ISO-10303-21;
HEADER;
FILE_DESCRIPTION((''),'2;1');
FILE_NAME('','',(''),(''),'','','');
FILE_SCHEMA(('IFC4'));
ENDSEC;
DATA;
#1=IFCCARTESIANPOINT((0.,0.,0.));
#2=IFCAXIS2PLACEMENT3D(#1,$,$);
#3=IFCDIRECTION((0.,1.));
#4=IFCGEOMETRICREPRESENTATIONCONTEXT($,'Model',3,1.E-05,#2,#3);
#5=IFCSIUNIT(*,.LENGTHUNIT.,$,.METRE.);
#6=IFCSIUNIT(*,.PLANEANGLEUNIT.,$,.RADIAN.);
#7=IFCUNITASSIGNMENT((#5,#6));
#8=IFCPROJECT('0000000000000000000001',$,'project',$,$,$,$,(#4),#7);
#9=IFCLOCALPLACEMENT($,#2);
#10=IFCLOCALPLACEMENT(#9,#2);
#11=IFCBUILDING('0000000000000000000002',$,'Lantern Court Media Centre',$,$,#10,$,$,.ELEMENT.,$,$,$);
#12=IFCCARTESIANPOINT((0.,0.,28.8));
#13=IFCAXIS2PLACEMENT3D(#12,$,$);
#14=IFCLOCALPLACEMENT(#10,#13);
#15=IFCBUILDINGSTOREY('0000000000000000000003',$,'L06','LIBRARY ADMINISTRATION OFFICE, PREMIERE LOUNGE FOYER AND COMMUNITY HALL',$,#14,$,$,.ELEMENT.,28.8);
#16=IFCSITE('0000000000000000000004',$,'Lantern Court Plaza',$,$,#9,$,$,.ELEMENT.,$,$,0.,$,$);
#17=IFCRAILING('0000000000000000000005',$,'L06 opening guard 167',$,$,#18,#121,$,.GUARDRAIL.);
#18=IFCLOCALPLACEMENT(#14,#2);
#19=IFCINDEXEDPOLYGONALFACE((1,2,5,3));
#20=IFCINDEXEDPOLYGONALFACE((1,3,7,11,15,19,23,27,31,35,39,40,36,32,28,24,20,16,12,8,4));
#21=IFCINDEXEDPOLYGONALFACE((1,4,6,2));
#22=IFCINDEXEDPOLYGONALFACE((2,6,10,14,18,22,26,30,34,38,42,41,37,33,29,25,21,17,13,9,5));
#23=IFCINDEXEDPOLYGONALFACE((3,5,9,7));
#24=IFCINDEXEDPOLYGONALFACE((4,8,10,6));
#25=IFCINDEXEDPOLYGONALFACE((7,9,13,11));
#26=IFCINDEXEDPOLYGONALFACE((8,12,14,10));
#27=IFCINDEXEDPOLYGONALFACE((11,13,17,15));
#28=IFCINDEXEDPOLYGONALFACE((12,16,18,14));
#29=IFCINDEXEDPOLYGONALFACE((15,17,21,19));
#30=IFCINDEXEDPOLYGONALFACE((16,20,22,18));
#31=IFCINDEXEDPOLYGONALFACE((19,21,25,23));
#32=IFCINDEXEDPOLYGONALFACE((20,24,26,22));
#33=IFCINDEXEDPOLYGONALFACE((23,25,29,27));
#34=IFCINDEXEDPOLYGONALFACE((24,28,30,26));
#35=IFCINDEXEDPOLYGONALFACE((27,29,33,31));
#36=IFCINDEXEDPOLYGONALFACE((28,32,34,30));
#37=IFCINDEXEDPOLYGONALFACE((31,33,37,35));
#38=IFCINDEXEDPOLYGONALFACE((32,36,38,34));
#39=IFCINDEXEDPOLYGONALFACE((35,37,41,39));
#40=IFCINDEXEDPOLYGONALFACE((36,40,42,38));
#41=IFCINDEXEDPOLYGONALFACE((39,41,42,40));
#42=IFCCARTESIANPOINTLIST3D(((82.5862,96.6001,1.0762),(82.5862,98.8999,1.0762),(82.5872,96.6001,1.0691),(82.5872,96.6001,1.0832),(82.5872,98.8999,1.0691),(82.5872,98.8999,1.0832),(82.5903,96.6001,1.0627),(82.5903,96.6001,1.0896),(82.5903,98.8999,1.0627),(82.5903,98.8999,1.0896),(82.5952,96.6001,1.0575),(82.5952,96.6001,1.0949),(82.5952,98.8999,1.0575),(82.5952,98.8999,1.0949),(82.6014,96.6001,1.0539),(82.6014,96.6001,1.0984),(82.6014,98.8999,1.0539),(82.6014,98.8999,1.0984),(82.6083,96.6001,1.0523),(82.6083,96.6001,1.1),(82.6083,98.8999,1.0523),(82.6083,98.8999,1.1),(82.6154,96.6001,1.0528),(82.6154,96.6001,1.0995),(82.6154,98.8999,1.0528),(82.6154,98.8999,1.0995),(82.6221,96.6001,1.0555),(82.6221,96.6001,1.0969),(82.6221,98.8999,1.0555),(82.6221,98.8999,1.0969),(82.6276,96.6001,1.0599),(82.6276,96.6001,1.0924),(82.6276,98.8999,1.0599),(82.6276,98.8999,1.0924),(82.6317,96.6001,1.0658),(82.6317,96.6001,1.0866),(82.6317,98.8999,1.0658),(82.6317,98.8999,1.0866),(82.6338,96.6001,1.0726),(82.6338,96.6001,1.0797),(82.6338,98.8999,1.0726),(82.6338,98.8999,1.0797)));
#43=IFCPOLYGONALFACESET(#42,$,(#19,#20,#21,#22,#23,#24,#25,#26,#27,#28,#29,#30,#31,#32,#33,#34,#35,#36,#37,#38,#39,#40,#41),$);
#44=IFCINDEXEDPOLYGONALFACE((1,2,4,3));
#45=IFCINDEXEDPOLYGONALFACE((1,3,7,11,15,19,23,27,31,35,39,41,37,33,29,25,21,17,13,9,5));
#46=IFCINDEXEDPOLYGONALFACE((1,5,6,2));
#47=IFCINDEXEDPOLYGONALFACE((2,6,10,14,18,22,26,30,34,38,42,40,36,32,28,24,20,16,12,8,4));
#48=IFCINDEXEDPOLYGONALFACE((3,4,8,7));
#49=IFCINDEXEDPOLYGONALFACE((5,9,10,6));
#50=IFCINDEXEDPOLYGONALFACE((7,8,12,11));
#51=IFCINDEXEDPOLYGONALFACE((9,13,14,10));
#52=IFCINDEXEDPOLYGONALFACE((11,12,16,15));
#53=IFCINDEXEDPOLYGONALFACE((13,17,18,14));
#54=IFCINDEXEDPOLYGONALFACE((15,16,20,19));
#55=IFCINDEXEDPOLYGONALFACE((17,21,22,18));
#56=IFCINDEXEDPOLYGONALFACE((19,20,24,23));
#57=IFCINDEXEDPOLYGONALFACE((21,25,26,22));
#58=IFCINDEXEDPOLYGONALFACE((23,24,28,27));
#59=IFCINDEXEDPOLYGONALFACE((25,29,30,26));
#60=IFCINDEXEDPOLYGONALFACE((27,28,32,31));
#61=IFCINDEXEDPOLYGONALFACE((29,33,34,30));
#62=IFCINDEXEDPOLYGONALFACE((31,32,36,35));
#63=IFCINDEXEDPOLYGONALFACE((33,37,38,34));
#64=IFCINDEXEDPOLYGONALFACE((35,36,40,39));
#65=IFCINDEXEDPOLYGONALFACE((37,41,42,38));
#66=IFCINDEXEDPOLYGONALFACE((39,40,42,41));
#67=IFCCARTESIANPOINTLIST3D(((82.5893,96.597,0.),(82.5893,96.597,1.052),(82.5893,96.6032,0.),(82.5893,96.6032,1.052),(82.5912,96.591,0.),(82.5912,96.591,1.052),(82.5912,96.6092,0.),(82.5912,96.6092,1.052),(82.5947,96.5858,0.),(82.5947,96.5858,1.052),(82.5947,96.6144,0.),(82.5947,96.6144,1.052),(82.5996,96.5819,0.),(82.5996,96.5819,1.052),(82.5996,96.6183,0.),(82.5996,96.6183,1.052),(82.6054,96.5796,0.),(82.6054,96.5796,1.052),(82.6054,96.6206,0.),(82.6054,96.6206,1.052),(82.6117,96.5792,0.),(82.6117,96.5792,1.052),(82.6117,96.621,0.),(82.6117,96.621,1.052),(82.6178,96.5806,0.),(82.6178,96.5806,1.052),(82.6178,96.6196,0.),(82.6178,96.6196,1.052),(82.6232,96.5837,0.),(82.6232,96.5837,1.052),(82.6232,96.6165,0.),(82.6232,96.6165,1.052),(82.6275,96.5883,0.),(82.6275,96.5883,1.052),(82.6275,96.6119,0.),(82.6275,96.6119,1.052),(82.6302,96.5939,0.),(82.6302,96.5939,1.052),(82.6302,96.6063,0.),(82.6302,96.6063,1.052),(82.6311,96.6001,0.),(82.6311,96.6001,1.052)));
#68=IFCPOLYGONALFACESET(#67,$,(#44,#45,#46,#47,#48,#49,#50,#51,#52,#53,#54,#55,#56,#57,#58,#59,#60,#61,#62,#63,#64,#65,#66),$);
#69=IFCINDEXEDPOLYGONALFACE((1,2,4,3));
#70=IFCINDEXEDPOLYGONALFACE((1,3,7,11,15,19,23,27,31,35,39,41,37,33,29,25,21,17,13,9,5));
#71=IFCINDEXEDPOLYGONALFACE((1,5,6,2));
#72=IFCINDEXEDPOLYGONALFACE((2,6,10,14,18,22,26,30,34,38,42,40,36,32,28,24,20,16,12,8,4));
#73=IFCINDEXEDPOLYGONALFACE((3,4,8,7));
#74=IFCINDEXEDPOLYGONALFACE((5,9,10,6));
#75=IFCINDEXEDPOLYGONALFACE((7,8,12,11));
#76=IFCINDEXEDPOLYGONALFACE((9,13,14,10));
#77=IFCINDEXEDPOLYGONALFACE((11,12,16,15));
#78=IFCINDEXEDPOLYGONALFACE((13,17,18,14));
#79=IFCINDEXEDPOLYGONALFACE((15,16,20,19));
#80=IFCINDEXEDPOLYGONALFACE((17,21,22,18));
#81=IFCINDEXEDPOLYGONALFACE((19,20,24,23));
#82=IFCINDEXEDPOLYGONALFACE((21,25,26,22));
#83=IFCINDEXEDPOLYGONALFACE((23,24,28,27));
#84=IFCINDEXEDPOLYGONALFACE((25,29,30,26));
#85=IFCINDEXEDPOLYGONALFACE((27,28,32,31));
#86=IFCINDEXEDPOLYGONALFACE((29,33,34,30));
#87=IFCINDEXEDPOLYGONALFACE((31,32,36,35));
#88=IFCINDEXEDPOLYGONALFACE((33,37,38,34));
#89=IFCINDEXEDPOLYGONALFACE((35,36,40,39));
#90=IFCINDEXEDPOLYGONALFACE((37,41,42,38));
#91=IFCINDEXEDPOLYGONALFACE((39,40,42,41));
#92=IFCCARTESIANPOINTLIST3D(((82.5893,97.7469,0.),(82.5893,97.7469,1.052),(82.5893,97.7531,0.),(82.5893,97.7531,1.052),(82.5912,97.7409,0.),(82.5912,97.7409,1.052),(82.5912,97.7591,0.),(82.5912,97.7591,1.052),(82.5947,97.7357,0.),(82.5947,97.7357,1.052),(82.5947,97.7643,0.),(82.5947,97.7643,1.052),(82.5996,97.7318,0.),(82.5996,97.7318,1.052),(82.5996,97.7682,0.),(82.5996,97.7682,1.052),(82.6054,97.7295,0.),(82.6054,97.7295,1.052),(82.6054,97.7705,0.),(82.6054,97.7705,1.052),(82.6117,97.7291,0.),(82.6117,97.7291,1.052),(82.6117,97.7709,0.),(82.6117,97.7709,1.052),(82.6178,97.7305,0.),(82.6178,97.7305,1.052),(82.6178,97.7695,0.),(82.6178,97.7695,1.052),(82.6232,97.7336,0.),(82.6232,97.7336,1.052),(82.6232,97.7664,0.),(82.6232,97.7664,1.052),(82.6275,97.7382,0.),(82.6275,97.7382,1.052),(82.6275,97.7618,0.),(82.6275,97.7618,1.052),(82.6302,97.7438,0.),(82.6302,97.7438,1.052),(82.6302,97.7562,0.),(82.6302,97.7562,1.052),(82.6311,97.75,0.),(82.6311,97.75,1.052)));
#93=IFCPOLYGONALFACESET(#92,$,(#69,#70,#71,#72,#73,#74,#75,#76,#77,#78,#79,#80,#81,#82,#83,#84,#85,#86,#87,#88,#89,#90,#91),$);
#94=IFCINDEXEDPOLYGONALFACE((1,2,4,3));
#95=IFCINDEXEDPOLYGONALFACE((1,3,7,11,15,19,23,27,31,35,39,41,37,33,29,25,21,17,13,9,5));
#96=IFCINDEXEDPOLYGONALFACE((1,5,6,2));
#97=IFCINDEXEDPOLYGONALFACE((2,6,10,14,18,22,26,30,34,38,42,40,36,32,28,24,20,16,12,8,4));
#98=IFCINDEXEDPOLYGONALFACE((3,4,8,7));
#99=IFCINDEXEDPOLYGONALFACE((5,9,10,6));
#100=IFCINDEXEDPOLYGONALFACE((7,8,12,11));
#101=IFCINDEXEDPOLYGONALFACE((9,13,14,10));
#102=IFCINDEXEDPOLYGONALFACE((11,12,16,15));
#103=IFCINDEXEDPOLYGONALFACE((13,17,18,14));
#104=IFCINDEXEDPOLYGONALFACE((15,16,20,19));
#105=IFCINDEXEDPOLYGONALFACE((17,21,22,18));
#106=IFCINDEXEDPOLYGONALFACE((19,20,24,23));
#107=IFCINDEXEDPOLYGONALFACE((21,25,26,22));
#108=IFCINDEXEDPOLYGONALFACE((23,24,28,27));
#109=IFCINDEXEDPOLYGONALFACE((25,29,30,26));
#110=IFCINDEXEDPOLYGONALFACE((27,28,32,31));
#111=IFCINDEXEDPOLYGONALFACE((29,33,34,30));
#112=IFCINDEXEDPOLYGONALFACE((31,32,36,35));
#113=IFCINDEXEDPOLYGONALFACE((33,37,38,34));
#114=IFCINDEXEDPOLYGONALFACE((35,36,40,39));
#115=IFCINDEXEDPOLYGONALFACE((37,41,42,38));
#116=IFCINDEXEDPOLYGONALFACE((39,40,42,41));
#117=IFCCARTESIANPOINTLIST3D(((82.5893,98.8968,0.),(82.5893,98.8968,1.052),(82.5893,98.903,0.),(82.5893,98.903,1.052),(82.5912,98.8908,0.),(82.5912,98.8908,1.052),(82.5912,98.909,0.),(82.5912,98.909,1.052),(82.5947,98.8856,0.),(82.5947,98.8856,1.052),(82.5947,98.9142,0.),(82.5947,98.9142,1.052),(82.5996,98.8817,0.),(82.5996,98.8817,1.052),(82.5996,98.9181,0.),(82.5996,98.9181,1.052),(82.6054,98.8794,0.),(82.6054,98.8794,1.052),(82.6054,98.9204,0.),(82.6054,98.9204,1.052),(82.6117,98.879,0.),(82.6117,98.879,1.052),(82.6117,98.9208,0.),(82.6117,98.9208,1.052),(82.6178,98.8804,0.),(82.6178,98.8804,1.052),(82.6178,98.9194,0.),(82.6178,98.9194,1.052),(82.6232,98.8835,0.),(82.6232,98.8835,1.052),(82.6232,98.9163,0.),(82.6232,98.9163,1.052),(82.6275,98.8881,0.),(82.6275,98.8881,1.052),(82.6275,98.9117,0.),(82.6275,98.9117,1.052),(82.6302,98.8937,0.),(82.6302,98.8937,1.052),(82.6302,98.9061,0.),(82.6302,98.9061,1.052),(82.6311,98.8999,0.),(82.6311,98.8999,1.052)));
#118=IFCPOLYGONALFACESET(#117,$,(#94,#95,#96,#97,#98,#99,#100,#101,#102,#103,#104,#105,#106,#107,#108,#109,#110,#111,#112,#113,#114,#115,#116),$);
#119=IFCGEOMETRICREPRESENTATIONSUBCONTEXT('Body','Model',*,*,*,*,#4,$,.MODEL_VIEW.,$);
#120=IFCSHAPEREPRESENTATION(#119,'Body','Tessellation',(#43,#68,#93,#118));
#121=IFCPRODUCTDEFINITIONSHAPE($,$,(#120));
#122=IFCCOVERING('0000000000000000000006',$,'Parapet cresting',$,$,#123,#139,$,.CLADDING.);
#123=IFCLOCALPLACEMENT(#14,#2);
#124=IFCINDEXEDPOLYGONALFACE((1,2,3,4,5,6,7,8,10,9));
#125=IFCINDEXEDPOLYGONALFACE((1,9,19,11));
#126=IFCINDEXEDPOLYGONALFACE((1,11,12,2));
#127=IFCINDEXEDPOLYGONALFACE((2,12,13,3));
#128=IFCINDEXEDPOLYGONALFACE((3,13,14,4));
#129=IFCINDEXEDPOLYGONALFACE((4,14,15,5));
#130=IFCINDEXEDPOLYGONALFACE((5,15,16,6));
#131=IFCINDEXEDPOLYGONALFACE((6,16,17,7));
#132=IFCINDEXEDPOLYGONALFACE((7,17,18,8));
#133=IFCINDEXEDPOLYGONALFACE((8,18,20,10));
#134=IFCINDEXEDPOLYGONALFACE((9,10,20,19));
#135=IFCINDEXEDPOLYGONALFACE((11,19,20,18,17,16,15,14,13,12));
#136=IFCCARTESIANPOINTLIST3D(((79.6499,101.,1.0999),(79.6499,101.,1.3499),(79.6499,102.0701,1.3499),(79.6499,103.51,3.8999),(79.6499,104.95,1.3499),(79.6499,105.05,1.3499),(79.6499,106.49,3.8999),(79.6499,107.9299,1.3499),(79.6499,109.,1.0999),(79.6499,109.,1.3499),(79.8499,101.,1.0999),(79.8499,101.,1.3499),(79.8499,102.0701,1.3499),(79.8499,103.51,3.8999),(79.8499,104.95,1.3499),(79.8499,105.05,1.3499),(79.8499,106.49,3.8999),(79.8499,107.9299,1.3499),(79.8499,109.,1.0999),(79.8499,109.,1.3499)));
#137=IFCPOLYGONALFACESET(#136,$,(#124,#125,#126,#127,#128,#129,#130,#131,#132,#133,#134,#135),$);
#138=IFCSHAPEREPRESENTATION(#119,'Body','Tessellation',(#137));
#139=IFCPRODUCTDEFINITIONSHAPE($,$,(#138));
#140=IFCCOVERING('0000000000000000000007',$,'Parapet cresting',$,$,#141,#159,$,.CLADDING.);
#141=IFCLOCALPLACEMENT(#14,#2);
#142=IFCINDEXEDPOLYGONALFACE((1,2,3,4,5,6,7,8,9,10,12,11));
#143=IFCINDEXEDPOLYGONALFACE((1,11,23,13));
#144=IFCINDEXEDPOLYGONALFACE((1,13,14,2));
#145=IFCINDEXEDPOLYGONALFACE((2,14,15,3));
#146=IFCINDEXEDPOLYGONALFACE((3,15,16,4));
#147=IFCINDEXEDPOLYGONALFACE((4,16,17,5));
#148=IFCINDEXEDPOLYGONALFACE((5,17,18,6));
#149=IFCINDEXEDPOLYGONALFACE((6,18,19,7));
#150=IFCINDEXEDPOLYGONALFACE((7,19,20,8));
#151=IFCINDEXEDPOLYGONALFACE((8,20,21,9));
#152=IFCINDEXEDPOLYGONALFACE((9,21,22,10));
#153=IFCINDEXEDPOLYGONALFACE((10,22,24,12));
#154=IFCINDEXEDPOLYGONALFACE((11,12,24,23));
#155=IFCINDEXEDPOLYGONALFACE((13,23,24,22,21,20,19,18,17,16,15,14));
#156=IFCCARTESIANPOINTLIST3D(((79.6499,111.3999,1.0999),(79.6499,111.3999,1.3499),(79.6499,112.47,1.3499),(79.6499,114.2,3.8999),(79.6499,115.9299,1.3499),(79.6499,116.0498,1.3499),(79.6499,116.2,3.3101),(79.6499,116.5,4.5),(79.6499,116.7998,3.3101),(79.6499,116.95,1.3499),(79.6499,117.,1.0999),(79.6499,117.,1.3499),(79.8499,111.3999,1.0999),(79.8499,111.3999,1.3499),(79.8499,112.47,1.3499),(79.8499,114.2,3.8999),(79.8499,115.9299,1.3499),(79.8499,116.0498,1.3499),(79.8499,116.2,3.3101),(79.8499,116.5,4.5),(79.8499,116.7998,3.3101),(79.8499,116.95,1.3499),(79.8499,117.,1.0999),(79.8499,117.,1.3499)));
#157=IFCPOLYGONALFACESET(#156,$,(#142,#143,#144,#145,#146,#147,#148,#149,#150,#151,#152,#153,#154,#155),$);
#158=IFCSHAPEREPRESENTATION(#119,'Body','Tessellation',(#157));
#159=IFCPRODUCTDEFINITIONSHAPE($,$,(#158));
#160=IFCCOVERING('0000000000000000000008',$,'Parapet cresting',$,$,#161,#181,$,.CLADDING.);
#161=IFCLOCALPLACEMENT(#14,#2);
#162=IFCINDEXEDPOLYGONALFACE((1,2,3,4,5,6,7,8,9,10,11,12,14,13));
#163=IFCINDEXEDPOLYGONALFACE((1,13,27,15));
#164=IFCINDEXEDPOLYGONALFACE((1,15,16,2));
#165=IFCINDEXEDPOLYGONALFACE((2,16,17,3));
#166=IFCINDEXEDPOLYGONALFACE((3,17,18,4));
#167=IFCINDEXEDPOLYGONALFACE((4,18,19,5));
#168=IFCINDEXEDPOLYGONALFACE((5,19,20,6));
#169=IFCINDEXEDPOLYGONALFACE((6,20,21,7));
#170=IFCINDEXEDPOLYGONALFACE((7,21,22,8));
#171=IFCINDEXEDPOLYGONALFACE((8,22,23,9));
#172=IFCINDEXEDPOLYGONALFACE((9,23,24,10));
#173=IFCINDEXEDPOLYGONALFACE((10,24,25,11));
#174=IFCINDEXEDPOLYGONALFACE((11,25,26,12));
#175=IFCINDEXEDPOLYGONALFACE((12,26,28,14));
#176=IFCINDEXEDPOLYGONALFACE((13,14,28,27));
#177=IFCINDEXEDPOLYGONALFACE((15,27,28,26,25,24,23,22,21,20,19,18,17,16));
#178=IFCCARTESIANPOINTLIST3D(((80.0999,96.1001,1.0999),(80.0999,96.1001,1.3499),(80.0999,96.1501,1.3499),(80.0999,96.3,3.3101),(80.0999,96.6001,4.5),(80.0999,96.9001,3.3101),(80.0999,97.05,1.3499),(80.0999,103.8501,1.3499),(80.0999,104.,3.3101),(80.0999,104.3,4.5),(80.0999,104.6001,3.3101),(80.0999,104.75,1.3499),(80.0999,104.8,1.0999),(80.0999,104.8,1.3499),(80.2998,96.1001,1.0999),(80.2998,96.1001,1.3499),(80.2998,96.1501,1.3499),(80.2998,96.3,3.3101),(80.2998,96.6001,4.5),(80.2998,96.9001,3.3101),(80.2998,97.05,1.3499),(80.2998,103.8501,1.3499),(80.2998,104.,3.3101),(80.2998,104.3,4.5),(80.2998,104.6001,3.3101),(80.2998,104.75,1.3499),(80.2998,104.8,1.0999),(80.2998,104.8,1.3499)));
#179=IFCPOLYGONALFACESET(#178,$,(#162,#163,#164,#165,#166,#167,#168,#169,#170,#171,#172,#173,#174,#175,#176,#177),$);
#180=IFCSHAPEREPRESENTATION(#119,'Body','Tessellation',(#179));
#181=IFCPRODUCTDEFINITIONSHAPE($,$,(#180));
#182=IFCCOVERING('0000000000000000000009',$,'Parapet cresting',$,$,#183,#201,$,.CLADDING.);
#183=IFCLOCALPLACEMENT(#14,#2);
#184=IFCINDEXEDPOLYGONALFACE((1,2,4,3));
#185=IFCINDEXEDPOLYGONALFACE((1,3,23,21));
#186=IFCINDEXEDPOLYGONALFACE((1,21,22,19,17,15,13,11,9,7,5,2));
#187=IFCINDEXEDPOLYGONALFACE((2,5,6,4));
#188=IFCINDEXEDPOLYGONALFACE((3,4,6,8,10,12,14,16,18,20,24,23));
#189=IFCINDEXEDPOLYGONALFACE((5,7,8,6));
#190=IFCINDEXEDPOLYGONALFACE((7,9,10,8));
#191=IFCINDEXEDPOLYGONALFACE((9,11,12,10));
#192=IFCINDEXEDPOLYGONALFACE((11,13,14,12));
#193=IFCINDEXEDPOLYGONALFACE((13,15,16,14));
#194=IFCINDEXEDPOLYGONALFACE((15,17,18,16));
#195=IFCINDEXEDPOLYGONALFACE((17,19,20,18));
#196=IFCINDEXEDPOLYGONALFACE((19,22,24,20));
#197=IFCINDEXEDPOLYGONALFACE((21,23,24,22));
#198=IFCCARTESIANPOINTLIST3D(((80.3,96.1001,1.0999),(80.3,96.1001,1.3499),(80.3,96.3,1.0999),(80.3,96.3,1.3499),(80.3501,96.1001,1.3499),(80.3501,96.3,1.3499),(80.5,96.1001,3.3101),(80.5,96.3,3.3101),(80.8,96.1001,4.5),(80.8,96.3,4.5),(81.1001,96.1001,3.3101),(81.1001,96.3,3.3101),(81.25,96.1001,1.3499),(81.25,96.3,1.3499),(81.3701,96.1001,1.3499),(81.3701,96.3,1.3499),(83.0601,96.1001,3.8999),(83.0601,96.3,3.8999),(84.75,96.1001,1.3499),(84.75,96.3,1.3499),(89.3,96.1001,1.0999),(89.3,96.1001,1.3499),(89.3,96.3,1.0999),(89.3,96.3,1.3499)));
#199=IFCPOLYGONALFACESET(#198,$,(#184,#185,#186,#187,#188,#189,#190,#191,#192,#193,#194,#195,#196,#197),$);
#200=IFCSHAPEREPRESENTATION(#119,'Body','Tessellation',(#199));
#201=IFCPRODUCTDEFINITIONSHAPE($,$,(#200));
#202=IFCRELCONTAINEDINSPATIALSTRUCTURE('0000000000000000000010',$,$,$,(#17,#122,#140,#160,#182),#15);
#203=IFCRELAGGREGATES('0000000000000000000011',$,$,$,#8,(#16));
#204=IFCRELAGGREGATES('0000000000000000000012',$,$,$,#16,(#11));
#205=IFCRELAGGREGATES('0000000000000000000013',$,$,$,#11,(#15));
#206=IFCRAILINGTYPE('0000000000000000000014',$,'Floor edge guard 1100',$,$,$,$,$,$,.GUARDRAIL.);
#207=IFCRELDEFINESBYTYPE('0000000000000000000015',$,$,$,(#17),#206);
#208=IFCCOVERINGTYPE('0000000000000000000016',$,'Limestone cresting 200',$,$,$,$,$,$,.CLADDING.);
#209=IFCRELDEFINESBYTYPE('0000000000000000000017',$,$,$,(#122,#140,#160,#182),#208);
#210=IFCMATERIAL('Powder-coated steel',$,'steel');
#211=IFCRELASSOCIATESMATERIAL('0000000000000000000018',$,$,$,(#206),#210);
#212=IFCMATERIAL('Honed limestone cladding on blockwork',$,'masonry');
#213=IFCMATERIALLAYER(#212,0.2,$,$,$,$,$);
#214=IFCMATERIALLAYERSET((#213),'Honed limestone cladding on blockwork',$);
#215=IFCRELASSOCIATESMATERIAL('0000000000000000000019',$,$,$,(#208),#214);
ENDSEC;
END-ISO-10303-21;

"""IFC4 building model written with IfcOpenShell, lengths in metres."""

from ifc_helpers import new_model, si_unit, direction, frame, origin, origin_2d, place, context, subcontext, project, spatial, polyline, circle, outline, extrude, material, layer, layer_set, type_object, element, save


model = new_model("IFC4")

# Units and contexts
model_context = context("Model", 3, precision=1e-05, world=origin(), true_north=direction((0.0, 1.0)))
body_context = subcontext(model_context, "Body", "Model", "MODEL_VIEW")
ifc_project = project(units=[si_unit("LENGTHUNIT", "METRE"), si_unit("PLANEANGLEUNIT", "RADIAN")], contexts=[model_context])

# Site, building, storey
site_placement = place(None, origin())
site = spatial("IfcSite", under=ifc_project, at=site_placement, Name="Lantern Court Plaza", CompositionType="ELEMENT", RefElevation=0.0)
building_placement = place(site_placement, origin())
building = spatial("IfcBuilding", under=site, at=building_placement, Name="Lantern Court Media Centre", CompositionType="ELEMENT")
storey_placement = place(building_placement, frame((0.0, 0.0, 28.8)))
storey = spatial("IfcBuildingStorey", under=building, at=storey_placement, Name="L06", Description="LIBRARY ADMINISTRATION OFFICE, PREMIERE LOUNGE FOYER AND COMMUNITY HALL", CompositionType="ELEMENT", Elevation=28.8)

# Shared definitions
ifc_material_1 = material(Name="Honed limestone cladding on blockwork", Category="masonry")

# Railing
ifc_material_2 = material(Name="Powder-coated steel", Category="steel")
railing_type_1 = type_object("IfcRailingType", Name="Floor edge guard 1100", PredefinedType="GUARDRAIL", material=ifc_material_2)
railing_1_placement = place(storey_placement, frame((82.6101, 96.6001, 0.0)))
element("IfcRailing", 1, at=railing_1_placement, inside=storey, type_object=railing_type_1, Name="L06 opening guard 167", PredefinedType="GUARDRAIL", context=body_context, shape_type="SweptSolid", body=[
    extrude(circle(Radius=0.0239, at=origin_2d()), frame((0.0, 0.0, 1.0762), z_axis=(0.0, 1.0, 0.0), x_axis=(-1.0, 0.0, 0.0)), (0.0, 0.0, 1.0), 2.2998),
    extrude(circle(Radius=0.021, at=origin_2d()), origin(), (0.0, 0.0, 1.0), 1.052),
    extrude(circle(Radius=0.021, at=origin_2d()), frame((0.0, 1.1499, 0.0)), (0.0, 0.0, 1.0), 1.052),
    extrude(circle(Radius=0.021, at=origin_2d()), frame((0.0, 2.2998, 0.0)), (0.0, 0.0, 1.0), 1.052),
])

# Coverings
ifc_layer_1 = layer(ifc_material_1, 0.2)
ifc_layer_set_1 = layer_set([ifc_layer_1], Name="Honed limestone cladding on blockwork")
covering_type_1 = type_object("IfcCoveringType", Name="Limestone cresting 200", PredefinedType="CLADDING", material=ifc_layer_set_1)
covering_1_placement = place(storey_placement, frame((79.75, 101.0, 1.0999), z_axis=(0.0, 0.0, 1.0), x_axis=(0.0, 1.0, 0.0)))
element("IfcCovering", 2, at=covering_1_placement, inside=storey, type_object=covering_type_1, Name="Parapet cresting", PredefinedType="CLADDING", context=body_context, shape_type="SweptSolid", body=[
    extrude(outline(polyline([(0.0, 0.0), (8.0, 0.0), (8.0, 0.25), (6.9299, 0.25), (5.49, 2.8), (4.05, 0.25), (3.95, 0.25), (2.51, 2.8), (1.0701, 0.25), (0.0, 0.25), (0.0, 0.0)])), frame((0.0, 0.1001, 0.0), z_axis=(0.0, -1.0, 0.0), x_axis=(1.0, 0.0, 0.0)), (0.0, 0.0, 1.0), 0.2),
])
covering_2_placement = place(storey_placement, frame((79.75, 111.3999, 1.0999), z_axis=(0.0, 0.0, 1.0), x_axis=(0.0, 1.0, 0.0)))
element("IfcCovering", 3, at=covering_2_placement, inside=storey, type_object=covering_type_1, Name="Parapet cresting", PredefinedType="CLADDING", context=body_context, shape_type="SweptSolid", body=[
    extrude(outline(polyline([(0.0, 0.0), (5.6001, 0.0), (5.6001, 0.25), (5.55, 0.25), (5.3999, 2.2102), (5.1001, 3.4001), (4.8, 2.2102), (4.6499, 0.25), (4.53, 0.25), (2.8, 2.8), (1.0701, 0.25), (0.0, 0.25), (0.0, 0.0)])), frame((0.0, 0.1001, 0.0), z_axis=(0.0, -1.0, 0.0), x_axis=(1.0, 0.0, 0.0)), (0.0, 0.0, 1.0), 0.2),
])
covering_3_placement = place(storey_placement, frame((80.2, 96.1001, 1.0999), z_axis=(0.0, 0.0, 1.0), x_axis=(0.0, 1.0, 0.0)))
element("IfcCovering", 4, at=covering_3_placement, inside=storey, type_object=covering_type_1, Name="Parapet cresting", PredefinedType="CLADDING", context=body_context, shape_type="SweptSolid", body=[
    extrude(outline(polyline([(0.0, 0.0), (8.7, 0.0), (8.7, 0.25), (8.6499, 0.25), (8.5, 2.2102), (8.2, 3.4001), (7.8999, 2.2102), (7.75, 0.25), (0.95, 0.25), (0.8, 2.2102), (0.5, 3.4001), (0.2, 2.2102), (0.05, 0.25), (0.0, 0.25), (0.0, 0.0)])), frame((0.0, 0.1001, 0.0), z_axis=(0.0, -1.0, 0.0), x_axis=(1.0, 0.0, 0.0)), (0.0, 0.0, 1.0), 0.2),
])
covering_4_placement = place(storey_placement, frame((80.3, 96.2, 1.0999), z_axis=(0.0, 0.0, 1.0), x_axis=(1.0, 0.0, 0.0)))
element("IfcCovering", 5, at=covering_4_placement, inside=storey, type_object=covering_type_1, Name="Parapet cresting", PredefinedType="CLADDING", context=body_context, shape_type="SweptSolid", body=[
    extrude(outline(polyline([(0.0, 0.0), (9.0, 0.0), (9.0, 0.25), (4.45, 0.25), (2.76, 2.8), (1.0701, 0.25), (0.95, 0.25), (0.8, 2.2102), (0.5, 3.4001), (0.2, 2.2102), (0.05, 0.25), (0.0, 0.25), (0.0, 0.0)])), frame((0.0, 0.1001, 0.0), z_axis=(0.0, -1.0, 0.0), x_axis=(1.0, 0.0, 0.0)), (0.0, 0.0, 1.0), 0.2),
])

save(model, "model.ifc")
